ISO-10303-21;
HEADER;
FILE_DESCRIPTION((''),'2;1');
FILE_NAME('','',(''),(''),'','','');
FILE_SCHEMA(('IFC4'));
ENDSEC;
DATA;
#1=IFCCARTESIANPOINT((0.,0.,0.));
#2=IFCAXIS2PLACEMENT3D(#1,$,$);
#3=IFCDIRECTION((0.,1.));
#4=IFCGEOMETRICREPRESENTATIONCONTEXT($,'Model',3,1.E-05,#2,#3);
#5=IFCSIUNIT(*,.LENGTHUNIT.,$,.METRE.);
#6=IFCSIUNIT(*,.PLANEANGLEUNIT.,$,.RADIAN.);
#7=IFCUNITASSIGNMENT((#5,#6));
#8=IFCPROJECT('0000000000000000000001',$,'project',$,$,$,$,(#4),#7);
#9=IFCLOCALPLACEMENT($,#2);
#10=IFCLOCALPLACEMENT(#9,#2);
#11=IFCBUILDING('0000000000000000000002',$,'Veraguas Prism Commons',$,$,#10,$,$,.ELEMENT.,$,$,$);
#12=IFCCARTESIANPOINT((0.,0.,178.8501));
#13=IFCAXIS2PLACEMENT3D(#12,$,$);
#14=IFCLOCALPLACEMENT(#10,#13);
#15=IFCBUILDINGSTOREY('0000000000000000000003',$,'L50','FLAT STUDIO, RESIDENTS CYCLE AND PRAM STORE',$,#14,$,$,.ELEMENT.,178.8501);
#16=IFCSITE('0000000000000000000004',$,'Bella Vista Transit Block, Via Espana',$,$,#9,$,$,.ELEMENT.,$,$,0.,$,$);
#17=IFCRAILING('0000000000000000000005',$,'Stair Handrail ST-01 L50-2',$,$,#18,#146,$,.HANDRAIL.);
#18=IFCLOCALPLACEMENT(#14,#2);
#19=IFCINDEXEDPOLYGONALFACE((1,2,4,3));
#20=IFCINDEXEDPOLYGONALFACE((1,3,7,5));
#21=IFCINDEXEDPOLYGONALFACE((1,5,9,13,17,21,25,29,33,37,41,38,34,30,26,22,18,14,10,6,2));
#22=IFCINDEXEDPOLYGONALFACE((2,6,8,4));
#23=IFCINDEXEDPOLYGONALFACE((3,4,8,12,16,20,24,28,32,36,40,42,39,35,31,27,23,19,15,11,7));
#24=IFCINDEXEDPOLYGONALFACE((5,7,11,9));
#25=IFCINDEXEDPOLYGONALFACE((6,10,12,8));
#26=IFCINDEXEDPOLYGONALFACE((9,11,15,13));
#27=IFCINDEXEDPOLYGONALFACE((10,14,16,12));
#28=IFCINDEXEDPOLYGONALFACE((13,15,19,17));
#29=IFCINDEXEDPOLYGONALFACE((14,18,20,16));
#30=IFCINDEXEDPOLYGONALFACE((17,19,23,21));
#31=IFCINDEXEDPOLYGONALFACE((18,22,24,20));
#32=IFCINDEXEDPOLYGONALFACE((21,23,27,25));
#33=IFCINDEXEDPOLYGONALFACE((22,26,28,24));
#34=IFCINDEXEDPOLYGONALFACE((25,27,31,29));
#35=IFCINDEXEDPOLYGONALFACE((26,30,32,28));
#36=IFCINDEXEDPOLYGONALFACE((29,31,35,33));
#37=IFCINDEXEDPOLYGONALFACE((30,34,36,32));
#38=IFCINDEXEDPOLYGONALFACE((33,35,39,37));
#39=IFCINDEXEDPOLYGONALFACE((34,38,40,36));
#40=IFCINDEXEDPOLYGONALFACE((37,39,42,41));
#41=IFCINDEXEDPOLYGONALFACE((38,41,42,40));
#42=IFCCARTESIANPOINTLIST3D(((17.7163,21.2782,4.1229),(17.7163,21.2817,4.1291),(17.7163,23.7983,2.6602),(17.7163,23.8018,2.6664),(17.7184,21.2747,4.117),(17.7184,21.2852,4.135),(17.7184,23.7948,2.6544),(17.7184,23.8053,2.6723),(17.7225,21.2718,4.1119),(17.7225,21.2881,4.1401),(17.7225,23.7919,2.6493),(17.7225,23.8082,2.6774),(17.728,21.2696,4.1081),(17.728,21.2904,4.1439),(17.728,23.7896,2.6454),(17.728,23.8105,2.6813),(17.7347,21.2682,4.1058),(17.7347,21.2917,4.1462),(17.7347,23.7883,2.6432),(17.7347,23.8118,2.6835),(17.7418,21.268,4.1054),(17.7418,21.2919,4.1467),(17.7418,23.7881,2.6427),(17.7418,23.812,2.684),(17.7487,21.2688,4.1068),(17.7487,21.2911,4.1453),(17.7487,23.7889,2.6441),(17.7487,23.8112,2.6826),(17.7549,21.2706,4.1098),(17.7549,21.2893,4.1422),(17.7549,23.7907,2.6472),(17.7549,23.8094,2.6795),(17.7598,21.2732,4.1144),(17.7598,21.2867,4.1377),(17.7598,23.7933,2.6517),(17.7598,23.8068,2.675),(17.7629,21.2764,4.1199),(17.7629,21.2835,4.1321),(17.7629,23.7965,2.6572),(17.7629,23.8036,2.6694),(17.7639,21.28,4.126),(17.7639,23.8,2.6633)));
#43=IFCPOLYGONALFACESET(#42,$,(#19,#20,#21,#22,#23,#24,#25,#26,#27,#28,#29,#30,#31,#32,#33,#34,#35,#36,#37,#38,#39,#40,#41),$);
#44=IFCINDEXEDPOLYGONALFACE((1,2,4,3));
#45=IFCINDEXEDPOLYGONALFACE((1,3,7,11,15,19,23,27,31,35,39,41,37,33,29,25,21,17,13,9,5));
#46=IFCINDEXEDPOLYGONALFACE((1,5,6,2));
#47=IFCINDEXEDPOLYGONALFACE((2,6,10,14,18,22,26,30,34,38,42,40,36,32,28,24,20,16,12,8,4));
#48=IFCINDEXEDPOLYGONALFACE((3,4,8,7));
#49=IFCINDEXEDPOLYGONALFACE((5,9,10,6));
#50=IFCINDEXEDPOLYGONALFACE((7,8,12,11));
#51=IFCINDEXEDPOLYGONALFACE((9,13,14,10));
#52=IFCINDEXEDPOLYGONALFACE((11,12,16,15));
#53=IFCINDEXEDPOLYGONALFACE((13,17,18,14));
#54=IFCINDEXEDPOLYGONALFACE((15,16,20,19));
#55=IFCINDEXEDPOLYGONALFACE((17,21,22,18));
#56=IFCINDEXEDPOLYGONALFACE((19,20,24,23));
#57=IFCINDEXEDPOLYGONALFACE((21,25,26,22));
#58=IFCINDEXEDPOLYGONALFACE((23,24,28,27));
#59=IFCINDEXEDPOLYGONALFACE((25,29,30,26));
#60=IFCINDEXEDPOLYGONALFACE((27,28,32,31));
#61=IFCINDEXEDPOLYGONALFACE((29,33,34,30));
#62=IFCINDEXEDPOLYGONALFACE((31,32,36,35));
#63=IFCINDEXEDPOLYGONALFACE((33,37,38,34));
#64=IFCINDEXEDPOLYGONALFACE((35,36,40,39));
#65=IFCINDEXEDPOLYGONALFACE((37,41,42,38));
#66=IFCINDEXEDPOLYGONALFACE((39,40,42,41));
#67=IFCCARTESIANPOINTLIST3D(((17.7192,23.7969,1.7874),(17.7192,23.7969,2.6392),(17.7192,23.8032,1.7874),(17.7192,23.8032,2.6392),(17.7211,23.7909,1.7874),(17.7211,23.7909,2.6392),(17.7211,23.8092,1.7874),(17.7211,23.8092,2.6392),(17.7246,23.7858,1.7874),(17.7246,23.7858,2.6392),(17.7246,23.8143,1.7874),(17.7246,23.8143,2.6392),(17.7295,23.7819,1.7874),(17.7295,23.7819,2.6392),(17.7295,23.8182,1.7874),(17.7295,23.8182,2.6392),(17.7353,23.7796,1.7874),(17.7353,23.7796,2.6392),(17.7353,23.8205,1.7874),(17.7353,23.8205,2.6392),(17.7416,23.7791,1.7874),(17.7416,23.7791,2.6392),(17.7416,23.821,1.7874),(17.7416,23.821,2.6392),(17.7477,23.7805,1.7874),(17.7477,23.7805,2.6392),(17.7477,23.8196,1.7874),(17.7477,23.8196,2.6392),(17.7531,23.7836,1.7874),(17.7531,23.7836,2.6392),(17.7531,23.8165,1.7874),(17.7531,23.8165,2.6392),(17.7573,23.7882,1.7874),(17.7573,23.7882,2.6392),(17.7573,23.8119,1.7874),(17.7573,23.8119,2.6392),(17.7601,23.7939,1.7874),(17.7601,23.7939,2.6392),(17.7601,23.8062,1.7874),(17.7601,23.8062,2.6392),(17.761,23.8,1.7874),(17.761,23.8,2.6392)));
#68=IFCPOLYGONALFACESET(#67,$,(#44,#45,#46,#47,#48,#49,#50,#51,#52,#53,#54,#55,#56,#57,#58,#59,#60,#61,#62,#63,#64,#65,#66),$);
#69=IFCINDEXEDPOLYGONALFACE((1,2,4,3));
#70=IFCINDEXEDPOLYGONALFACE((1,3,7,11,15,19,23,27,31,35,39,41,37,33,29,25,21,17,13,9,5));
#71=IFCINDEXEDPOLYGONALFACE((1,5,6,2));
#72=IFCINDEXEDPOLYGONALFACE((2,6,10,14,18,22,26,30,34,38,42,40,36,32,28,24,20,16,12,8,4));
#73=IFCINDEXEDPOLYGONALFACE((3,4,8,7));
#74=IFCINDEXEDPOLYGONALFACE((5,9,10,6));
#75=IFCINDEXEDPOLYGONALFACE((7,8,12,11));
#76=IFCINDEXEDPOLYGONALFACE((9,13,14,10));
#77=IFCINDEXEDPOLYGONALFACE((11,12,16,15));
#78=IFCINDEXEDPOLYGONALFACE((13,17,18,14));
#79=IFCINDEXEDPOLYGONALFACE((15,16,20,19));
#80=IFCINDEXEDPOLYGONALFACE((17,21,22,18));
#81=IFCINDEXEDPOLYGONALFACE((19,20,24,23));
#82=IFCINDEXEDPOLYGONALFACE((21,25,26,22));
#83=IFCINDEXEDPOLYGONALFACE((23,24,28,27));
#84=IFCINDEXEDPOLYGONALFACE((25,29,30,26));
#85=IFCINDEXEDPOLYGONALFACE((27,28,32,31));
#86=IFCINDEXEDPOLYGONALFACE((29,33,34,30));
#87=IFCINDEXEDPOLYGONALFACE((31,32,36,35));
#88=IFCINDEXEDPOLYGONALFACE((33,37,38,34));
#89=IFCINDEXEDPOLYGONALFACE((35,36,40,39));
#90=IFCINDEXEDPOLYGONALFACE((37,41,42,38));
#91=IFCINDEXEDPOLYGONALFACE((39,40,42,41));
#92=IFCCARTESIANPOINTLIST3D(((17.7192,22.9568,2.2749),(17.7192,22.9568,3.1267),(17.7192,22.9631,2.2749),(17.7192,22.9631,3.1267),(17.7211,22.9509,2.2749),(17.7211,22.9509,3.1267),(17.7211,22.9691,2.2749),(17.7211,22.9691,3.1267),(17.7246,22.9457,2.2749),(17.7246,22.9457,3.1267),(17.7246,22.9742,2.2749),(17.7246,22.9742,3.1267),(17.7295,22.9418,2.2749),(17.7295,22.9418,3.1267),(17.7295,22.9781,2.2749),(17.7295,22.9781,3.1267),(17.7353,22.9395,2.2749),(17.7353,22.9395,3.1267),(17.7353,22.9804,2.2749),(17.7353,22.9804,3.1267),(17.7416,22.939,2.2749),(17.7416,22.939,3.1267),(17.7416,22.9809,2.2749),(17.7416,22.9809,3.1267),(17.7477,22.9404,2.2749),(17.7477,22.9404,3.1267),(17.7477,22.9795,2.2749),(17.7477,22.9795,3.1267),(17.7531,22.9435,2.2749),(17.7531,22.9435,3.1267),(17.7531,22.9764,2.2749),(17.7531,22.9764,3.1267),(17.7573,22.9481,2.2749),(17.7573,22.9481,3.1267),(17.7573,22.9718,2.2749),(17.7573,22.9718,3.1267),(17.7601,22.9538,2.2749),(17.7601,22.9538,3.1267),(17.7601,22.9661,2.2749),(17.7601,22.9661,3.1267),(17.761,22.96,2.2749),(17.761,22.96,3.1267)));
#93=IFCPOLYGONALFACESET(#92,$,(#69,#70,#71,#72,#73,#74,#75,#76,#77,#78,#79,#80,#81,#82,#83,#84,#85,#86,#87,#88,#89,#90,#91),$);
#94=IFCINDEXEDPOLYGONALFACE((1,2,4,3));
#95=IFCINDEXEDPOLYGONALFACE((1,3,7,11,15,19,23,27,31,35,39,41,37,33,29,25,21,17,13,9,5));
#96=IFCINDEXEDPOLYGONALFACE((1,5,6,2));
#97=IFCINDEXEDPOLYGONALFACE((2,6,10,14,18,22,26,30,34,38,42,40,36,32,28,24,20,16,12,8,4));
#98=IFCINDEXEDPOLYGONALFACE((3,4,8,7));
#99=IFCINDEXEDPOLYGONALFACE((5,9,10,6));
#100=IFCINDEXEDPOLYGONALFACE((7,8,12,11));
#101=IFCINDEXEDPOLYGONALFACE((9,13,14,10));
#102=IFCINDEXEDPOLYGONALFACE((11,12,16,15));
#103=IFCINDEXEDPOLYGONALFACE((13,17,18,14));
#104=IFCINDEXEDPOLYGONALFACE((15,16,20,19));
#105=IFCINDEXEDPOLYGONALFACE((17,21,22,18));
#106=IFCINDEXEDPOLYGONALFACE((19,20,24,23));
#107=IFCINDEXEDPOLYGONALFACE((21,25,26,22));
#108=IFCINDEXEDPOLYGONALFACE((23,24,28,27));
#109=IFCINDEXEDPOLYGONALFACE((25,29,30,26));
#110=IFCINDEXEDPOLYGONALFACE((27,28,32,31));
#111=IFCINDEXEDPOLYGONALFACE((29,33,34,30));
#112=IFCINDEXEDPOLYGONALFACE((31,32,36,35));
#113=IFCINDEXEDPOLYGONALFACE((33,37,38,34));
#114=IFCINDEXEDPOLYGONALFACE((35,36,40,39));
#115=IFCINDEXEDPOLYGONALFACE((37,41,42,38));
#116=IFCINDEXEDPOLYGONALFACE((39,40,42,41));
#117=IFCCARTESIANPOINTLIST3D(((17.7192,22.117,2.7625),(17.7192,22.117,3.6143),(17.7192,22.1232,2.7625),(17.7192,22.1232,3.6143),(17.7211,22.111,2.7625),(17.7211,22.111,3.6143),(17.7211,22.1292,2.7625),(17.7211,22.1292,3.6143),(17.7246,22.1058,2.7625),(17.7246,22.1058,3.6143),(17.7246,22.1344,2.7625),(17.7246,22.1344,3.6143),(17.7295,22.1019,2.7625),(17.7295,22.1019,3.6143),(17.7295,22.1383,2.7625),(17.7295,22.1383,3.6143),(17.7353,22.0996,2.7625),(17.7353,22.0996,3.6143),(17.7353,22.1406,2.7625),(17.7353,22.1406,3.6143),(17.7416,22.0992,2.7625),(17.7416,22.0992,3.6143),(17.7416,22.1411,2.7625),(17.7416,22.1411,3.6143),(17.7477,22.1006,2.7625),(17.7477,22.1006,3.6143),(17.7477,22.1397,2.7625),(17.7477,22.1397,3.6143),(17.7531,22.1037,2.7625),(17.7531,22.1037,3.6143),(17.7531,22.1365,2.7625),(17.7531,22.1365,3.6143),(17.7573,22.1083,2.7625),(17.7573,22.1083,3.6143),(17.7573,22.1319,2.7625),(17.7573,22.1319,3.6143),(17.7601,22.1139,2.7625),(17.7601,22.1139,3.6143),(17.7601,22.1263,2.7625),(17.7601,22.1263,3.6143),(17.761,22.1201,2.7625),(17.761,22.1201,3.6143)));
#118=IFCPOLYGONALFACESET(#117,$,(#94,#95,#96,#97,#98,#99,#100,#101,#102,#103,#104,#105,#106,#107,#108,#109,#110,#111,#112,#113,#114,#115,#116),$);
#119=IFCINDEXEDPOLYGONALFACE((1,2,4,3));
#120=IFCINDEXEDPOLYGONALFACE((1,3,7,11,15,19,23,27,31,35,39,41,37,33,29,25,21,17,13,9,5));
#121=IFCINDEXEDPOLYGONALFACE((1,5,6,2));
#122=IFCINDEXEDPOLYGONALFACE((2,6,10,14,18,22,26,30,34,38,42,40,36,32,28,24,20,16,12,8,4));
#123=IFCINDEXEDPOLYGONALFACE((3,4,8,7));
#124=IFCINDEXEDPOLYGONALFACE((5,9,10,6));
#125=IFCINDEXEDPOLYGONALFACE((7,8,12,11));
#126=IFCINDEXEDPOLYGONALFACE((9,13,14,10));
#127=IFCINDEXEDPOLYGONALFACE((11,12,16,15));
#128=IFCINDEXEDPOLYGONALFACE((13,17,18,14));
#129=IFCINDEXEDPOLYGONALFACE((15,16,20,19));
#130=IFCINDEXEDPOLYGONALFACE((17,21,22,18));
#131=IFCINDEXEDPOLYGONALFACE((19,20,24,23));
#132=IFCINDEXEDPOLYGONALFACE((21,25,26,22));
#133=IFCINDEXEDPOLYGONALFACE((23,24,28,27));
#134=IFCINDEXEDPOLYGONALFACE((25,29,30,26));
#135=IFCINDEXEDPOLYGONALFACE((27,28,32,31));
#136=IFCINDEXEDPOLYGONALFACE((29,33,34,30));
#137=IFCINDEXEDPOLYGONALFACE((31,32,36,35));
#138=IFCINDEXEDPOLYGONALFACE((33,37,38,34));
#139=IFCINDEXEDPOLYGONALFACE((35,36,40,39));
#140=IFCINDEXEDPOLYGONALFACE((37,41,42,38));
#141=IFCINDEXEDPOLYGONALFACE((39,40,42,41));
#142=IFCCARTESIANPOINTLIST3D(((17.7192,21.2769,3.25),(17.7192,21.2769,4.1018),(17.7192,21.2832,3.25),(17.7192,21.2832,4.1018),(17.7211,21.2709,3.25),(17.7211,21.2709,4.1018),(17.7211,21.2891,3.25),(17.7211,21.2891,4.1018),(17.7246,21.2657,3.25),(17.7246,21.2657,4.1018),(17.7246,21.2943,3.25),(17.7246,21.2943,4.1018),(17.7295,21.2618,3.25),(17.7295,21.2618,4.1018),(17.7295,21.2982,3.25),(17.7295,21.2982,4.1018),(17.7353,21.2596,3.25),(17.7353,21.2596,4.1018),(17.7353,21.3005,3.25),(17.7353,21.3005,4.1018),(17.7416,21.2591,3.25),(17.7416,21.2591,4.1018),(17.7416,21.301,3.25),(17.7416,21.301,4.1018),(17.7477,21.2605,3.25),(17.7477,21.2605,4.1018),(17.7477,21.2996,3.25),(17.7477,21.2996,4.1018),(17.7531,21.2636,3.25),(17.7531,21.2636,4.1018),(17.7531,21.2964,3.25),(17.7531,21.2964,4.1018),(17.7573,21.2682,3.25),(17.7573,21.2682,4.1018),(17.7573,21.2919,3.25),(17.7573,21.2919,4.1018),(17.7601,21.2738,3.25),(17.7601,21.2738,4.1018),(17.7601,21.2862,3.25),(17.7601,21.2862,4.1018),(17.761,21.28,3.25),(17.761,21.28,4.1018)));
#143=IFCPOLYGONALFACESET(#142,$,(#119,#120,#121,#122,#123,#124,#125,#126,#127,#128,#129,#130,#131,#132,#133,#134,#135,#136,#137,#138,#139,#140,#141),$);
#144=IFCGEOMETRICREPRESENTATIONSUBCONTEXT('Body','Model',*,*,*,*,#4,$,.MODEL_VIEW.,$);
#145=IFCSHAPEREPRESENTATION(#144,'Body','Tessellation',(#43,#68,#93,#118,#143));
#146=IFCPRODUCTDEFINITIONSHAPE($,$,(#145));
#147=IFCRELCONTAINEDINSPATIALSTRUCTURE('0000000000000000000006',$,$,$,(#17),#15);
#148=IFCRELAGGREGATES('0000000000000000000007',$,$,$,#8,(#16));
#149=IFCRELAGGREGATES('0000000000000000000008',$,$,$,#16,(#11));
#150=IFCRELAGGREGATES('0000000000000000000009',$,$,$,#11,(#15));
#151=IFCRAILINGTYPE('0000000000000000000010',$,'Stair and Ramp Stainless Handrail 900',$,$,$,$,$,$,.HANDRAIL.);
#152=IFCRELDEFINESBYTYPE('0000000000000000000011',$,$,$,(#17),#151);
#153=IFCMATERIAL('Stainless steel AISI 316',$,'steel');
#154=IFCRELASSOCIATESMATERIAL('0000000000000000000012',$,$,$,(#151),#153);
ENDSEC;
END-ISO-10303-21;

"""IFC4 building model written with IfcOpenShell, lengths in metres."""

from ifc_helpers import new_model, si_unit, direction, frame, origin, origin_2d, place, context, subcontext, project, spatial, circle, extrude, material, type_object, element, save


model = new_model("IFC4")

# Units and contexts
model_context = context("Model", 3, precision=1e-05, world=origin(), true_north=direction((0.0, 1.0)))
body_context = subcontext(model_context, "Body", "Model", "MODEL_VIEW")
ifc_project = project(units=[si_unit("LENGTHUNIT", "METRE"), si_unit("PLANEANGLEUNIT", "RADIAN")], contexts=[model_context])

# Site, building, storey
site_placement = place(None, origin())
site = spatial("IfcSite", under=ifc_project, at=site_placement, Name="Bella Vista Transit Block, Via Espana", CompositionType="ELEMENT", RefElevation=0.0)
building_placement = place(site_placement, origin())
building = spatial("IfcBuilding", under=site, at=building_placement, Name="Veraguas Prism Commons", CompositionType="ELEMENT")
storey_placement = place(building_placement, frame((0.0, 0.0, 178.8501)))
storey = spatial("IfcBuildingStorey", under=building, at=storey_placement, Name="L50", Description="FLAT STUDIO, RESIDENTS CYCLE AND PRAM STORE", CompositionType="ELEMENT", Elevation=178.8501)

# Railing
ifc_material_1 = material(Name="Stainless steel AISI 316", Category="steel")
railing_type_1 = type_object("IfcRailingType", Name="Stair and Ramp Stainless Handrail 900", PredefinedType="HANDRAIL", material=ifc_material_1)
railing_1_placement = place(storey_placement, frame((17.74, 23.8, 1.7874)))
element("IfcRailing", 1, at=railing_1_placement, inside=storey, type_object=railing_type_1, Name="Stair Handrail ST-01 L50-2", PredefinedType="HANDRAIL", context=body_context, shape_type="SweptSolid", body=[
    extrude(circle(Radius=0.0239, at=origin_2d()), frame((0.0, 0.0, 0.876), z_axis=(0.0, -0.864877, 0.501984), x_axis=(1.0, 0.0, 0.0)), (0.0, 0.0, 1.0), 2.9138),
    extrude(circle(Radius=0.021, at=origin_2d()), origin(), (0.0, 0.0, 1.0), 0.8518),
    extrude(circle(Radius=0.021, at=origin_2d()), frame((0.0, -0.8401, 0.4875)), (0.0, 0.0, 1.0), 0.8518),
    extrude(circle(Radius=0.021, at=origin_2d()), frame((0.0, -1.6799, 0.9751)), (0.0, 0.0, 1.0), 0.8518),
    extrude(circle(Radius=0.021, at=origin_2d()), frame((0.0, -2.52, 1.4626)), (0.0, 0.0, 1.0), 0.8518),
])

save(model, "model.ifc")
